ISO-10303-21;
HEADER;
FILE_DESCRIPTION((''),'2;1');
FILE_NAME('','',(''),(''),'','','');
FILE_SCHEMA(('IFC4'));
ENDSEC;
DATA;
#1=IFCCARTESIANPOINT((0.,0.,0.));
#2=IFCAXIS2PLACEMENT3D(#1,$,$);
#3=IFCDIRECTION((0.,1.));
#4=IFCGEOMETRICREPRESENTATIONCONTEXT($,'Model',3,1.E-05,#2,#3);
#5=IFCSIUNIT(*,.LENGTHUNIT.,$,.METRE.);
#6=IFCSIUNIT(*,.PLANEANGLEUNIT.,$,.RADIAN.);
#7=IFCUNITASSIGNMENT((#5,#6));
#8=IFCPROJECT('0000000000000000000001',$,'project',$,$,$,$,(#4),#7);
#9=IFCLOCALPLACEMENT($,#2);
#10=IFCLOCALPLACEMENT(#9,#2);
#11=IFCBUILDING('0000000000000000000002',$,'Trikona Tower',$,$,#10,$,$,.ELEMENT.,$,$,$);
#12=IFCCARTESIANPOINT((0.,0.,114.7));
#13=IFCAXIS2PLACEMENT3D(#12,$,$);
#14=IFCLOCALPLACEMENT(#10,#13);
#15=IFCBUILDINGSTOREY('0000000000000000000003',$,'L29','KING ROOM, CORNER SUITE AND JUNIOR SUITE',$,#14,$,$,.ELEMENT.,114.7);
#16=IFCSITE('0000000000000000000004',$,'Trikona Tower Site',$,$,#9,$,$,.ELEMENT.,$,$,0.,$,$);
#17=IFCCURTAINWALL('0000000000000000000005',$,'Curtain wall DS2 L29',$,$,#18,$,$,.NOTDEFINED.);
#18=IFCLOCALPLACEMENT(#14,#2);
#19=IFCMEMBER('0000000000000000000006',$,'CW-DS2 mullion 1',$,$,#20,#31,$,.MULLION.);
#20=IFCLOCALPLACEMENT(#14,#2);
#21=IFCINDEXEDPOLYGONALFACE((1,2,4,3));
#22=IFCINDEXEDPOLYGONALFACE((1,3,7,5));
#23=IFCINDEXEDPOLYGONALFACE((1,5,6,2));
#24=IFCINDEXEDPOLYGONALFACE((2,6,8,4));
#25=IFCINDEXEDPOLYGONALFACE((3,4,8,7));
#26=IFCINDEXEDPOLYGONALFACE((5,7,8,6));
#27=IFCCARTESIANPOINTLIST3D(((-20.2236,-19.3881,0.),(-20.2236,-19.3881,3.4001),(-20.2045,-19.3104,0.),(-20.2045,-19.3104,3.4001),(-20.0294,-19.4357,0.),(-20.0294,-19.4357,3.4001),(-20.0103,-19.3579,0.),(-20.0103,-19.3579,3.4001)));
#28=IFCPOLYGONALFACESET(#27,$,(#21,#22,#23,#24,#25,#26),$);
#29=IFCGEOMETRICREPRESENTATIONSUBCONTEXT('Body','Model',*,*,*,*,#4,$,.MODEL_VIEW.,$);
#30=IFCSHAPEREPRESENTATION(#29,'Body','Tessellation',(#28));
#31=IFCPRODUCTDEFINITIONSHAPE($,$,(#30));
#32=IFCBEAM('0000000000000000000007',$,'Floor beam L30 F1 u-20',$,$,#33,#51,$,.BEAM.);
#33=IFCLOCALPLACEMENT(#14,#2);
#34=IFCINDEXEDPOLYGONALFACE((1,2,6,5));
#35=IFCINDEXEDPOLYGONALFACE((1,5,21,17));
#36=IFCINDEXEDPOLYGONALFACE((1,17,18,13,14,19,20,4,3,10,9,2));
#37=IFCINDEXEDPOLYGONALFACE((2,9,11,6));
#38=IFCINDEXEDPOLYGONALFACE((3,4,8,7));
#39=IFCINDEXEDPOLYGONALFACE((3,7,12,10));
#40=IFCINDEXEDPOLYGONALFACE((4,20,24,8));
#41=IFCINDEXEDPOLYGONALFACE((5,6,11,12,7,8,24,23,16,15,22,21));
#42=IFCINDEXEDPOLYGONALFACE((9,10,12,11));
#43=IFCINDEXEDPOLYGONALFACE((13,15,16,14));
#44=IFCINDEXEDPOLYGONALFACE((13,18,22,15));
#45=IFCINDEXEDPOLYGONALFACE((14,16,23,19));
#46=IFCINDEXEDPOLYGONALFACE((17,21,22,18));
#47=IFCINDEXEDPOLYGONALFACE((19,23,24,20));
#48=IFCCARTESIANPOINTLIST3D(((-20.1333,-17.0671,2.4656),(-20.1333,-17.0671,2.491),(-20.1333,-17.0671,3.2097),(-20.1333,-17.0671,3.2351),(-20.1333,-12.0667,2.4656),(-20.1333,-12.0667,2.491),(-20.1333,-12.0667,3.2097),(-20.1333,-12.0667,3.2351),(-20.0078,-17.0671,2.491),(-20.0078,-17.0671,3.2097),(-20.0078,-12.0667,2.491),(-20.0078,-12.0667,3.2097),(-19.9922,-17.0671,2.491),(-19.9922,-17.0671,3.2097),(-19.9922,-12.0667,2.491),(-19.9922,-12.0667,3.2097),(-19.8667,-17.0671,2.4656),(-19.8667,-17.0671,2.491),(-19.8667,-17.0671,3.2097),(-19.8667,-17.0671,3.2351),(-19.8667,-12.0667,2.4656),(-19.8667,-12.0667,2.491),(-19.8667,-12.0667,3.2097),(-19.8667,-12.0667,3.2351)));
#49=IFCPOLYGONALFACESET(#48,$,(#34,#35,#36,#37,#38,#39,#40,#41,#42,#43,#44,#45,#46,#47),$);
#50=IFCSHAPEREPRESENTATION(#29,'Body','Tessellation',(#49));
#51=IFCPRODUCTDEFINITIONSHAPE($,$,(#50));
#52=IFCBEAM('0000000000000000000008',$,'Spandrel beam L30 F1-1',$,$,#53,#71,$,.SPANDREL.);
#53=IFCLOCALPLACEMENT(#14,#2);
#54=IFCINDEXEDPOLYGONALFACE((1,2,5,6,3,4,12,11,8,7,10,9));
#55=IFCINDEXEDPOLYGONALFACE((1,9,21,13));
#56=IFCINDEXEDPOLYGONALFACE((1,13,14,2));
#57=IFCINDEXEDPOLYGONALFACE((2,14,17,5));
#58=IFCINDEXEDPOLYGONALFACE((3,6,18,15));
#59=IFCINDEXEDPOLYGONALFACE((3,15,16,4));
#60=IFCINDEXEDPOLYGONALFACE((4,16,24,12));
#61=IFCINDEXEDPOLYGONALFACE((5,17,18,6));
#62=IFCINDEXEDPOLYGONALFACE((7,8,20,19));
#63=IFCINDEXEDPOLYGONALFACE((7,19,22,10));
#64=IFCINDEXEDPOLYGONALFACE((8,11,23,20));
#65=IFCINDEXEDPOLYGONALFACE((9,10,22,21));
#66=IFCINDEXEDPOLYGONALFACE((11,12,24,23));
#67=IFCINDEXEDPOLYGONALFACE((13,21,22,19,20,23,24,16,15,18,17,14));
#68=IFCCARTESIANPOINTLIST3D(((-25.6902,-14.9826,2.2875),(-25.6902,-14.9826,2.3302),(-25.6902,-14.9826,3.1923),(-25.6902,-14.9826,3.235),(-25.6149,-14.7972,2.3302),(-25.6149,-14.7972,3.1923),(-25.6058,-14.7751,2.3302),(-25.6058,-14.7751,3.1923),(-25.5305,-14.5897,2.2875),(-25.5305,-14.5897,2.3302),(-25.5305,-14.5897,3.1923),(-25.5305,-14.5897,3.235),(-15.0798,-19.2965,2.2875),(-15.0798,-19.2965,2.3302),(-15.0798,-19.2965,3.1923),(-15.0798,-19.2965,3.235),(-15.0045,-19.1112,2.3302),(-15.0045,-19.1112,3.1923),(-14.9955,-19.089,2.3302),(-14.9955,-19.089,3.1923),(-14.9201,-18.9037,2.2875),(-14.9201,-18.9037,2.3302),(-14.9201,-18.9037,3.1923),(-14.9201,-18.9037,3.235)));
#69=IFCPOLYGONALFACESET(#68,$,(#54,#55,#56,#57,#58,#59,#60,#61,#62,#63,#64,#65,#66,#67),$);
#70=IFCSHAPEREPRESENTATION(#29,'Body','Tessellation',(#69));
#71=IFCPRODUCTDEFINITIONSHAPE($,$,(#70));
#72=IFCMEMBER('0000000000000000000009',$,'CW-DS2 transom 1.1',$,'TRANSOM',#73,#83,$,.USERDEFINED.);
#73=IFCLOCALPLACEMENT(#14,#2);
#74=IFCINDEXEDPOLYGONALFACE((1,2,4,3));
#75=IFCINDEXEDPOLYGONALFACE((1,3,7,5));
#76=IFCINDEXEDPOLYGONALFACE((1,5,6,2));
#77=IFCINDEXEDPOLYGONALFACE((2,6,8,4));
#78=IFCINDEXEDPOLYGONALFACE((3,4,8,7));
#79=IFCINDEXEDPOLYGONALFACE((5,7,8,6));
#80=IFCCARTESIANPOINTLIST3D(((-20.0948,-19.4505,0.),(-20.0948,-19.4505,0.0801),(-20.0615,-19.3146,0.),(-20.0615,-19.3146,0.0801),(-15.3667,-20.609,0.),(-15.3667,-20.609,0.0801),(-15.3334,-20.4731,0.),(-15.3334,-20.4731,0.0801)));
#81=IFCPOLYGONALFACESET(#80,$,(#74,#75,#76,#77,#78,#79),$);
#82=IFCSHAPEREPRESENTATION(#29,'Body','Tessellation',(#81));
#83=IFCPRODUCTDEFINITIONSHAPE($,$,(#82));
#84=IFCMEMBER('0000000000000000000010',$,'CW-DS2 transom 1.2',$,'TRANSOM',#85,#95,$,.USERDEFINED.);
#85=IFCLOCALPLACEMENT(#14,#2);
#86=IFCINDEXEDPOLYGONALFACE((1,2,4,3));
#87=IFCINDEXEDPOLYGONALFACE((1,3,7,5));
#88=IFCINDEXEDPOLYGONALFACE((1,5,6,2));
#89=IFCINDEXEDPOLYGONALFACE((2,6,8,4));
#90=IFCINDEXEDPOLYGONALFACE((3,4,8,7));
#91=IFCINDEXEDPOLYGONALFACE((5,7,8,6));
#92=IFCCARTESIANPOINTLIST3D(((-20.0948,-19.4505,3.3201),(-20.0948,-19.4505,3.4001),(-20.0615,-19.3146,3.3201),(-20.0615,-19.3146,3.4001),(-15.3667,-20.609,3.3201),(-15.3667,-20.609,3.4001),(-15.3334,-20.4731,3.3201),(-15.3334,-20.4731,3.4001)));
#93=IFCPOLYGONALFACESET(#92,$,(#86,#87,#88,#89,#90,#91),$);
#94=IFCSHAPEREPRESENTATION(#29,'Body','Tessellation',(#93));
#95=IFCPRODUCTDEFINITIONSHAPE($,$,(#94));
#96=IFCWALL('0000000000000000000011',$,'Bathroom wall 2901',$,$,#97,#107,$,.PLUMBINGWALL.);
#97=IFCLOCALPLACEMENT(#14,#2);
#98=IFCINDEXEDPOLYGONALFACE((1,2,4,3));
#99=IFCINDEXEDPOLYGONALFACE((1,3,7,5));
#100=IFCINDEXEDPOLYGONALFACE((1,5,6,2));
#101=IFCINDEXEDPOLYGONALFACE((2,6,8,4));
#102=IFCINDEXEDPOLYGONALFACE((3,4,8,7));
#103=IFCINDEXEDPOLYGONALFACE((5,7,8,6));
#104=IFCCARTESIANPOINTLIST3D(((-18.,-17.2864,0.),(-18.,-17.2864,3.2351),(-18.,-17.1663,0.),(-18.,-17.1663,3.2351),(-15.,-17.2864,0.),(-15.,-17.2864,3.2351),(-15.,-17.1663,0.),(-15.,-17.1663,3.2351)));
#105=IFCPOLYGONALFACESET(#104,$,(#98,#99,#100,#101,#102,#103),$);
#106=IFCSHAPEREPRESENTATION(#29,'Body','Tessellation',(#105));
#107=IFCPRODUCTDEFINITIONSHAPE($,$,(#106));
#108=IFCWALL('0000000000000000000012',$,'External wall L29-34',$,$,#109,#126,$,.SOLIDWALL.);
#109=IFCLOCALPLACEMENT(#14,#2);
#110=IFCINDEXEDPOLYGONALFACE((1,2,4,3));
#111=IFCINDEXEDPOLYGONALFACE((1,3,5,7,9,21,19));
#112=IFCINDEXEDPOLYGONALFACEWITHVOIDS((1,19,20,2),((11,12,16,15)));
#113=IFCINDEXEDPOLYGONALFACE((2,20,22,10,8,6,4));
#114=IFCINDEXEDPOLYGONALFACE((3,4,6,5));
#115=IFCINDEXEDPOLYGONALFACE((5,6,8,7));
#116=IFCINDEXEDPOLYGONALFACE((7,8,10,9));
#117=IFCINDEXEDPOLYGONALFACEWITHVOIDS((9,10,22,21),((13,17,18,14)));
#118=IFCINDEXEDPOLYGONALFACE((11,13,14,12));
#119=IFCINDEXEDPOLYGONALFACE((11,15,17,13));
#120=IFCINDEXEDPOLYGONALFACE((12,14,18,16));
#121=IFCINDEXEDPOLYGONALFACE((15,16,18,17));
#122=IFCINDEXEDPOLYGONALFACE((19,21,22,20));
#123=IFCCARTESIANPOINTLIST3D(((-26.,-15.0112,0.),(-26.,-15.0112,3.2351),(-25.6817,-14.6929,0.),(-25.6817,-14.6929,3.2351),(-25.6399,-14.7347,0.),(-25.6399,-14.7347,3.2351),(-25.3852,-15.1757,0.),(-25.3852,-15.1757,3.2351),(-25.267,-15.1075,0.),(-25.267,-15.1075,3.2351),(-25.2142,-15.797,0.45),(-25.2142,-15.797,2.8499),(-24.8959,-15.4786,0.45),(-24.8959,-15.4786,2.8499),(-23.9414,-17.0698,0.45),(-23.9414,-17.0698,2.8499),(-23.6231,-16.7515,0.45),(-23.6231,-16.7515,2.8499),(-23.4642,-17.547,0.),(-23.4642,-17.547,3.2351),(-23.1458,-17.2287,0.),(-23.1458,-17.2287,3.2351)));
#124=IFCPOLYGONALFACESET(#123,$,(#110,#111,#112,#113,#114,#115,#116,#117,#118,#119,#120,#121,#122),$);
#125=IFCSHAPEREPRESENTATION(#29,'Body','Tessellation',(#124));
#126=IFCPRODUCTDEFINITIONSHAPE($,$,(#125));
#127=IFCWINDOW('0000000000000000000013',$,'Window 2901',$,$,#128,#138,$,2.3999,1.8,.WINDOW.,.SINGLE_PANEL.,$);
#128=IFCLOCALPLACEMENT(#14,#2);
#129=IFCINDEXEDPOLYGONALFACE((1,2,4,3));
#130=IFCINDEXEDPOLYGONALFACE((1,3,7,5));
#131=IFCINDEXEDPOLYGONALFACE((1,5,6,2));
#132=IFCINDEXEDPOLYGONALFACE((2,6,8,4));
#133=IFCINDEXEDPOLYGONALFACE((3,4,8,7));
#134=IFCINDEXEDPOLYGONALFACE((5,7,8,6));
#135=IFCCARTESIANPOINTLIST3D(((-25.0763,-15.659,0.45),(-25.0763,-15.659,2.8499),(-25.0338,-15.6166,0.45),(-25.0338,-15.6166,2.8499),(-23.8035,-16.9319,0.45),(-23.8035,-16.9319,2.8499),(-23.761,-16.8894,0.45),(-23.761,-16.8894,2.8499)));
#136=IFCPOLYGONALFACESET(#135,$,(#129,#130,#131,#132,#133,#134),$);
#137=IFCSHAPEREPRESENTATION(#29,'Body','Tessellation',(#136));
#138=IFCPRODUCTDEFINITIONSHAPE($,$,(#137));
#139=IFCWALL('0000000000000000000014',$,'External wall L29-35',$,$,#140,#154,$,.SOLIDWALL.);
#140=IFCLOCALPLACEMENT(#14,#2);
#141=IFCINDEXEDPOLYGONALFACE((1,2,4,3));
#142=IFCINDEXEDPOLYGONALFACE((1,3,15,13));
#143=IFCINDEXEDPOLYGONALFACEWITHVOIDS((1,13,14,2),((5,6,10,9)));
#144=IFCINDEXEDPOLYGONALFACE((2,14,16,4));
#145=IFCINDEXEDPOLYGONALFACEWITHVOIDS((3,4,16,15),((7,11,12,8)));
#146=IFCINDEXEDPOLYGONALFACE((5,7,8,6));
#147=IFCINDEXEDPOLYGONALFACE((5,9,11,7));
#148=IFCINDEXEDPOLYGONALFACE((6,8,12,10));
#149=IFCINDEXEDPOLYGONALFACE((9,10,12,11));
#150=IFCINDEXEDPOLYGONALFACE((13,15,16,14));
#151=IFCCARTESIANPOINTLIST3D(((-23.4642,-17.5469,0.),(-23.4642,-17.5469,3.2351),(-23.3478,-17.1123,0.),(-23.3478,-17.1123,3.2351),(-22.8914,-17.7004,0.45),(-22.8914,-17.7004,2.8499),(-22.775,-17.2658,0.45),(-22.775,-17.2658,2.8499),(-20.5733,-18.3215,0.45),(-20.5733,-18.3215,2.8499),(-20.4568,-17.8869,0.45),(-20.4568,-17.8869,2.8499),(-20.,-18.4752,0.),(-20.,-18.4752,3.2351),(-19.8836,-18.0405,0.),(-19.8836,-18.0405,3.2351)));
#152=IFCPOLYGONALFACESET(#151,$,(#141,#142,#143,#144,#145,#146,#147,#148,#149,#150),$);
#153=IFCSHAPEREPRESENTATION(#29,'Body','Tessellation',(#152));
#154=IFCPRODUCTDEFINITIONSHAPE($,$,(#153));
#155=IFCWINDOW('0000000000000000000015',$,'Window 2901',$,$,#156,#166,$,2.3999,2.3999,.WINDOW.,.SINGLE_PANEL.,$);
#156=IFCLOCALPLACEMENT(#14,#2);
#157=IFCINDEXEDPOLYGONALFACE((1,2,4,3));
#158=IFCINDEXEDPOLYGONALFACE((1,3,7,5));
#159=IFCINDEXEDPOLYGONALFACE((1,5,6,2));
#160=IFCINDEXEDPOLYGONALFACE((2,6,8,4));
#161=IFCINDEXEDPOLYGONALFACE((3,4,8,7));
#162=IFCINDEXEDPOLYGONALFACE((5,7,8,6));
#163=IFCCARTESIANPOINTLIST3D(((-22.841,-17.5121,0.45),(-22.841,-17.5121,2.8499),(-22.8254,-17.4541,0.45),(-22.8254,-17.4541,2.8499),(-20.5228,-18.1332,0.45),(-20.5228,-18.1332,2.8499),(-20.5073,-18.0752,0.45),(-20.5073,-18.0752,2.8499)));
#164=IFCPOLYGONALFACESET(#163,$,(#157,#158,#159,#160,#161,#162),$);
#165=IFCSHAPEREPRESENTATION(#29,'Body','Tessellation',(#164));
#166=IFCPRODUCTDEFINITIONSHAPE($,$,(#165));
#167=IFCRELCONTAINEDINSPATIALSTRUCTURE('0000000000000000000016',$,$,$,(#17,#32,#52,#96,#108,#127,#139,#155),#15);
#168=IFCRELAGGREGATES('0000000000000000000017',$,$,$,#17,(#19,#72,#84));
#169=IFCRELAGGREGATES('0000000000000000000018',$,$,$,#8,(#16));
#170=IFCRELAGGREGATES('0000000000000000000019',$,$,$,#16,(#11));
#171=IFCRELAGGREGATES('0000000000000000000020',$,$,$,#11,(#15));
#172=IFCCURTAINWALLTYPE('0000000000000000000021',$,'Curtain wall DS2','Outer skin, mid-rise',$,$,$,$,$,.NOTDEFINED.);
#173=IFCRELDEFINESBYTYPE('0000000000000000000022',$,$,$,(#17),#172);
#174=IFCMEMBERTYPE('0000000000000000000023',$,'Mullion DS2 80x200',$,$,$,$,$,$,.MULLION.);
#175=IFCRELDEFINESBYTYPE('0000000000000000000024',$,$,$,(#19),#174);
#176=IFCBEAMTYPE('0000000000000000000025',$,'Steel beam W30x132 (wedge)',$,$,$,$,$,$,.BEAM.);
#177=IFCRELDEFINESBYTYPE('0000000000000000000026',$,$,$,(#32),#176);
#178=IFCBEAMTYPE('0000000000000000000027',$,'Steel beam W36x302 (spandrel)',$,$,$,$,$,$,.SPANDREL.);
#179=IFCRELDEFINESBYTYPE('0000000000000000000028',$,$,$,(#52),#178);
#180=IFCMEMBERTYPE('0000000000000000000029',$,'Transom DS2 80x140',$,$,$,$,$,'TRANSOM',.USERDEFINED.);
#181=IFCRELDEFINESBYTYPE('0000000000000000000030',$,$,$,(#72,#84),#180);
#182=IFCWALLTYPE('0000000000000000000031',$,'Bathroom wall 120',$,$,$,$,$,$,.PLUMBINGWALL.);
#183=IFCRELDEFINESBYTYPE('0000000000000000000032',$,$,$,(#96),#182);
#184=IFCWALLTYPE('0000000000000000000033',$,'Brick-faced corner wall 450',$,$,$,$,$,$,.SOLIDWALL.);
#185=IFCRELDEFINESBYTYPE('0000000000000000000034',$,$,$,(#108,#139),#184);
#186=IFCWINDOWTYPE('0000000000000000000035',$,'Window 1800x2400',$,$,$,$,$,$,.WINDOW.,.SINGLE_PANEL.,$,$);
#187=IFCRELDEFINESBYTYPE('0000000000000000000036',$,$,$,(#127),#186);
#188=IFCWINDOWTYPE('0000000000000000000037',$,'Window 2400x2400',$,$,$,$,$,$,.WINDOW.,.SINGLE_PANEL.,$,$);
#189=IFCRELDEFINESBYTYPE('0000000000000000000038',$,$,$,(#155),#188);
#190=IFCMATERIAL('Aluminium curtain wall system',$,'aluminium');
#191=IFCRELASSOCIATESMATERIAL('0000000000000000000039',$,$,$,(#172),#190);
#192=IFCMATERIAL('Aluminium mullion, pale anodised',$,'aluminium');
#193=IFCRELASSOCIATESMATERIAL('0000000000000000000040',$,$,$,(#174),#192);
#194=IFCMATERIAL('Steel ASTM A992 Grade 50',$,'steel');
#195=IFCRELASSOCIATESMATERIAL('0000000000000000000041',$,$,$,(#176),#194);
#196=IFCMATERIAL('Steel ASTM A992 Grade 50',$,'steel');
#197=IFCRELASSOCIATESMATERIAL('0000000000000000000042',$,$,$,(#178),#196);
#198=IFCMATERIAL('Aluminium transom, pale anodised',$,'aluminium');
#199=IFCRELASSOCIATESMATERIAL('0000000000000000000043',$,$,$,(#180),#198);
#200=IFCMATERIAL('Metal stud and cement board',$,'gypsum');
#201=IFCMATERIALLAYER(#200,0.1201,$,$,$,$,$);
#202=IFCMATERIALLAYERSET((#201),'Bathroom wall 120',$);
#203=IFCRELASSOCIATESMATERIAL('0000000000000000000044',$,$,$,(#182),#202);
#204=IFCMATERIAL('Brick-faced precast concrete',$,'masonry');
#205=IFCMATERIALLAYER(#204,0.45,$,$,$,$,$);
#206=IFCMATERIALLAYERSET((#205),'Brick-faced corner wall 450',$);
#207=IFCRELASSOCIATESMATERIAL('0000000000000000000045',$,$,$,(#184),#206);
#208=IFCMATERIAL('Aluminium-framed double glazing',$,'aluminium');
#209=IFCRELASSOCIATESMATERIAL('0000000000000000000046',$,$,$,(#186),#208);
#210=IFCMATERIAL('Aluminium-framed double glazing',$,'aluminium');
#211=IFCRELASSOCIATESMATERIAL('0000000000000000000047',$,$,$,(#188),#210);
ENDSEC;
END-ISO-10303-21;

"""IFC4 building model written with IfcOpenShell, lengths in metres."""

from ifc_helpers import new_model, si_unit, direction, frame, frame_2d, origin, origin_2d, place, context, subcontext, project, spatial, polyline, rectangle, i_section, outline, extrude, material, layer, layer_set, material_profile, profile_set, type_object, element, fill, aggregate, save


model = new_model("IFC4")

# Units and contexts
model_context = context("Model", 3, precision=1e-05, world=origin(), true_north=direction((0.0, 1.0)))
body_context = subcontext(model_context, "Body", "Model", "MODEL_VIEW")
ifc_project = project(units=[si_unit("LENGTHUNIT", "METRE"), si_unit("PLANEANGLEUNIT", "RADIAN")], contexts=[model_context])

# Site, building, storey
site_placement = place(None, origin())
site = spatial("IfcSite", under=ifc_project, at=site_placement, Name="Trikona Tower Site", CompositionType="ELEMENT", RefElevation=0.0)
building_placement = place(site_placement, origin())
building = spatial("IfcBuilding", under=site, at=building_placement, Name="Trikona Tower", CompositionType="ELEMENT")
storey_placement = place(building_placement, frame((0.0, 0.0, 114.7)))
storey = spatial("IfcBuildingStorey", under=building, at=storey_placement, Name="L29", Description="KING ROOM, CORNER SUITE AND JUNIOR SUITE", CompositionType="ELEMENT", Elevation=114.7)

# Curtain wall, member
ifc_material_1 = material(Name="Aluminium curtain wall system", Category="aluminium")
curtain_wall_type = type_object("IfcCurtainWallType", Name="Curtain wall DS2", Description="Outer skin, mid-rise", PredefinedType="NOTDEFINED", material=ifc_material_1)
curtain_wall_placement = place(storey_placement, origin())
curtain_wall = element("IfcCurtainWall", 1, at=curtain_wall_placement, inside=storey, type_object=curtain_wall_type, Name="Curtain wall DS2 L29", PredefinedType="NOTDEFINED")
ifc_material_2 = material(Name="Aluminium mullion, pale anodised", Category="aluminium")
ifc_material_profile_1 = material_profile(ifc_material_2, rectangle(XDim=0.0801, YDim=0.2, at=origin_2d()), Name="MUL-DS2")
ifc_profile_set_1 = profile_set([ifc_material_profile_1], Name="Aluminium mullion, pale anodised")
member_type_1 = type_object("IfcMemberType", Name="Mullion DS2 80x200", PredefinedType="MULLION", material=ifc_profile_set_1)
member_1_placement = place(storey_placement, frame((-20.1169, -19.373, 0.0), z_axis=(0.0, 0.0, 1.0), x_axis=(0.23797, 0.971272, 0.0)))
member_1 = element("IfcMember", 2, at=member_1_placement, type_object=member_type_1, Name="CW-DS2 mullion 1", PredefinedType="MULLION", context=body_context, shape_type="SweptSolid", body=[
    extrude(rectangle(XDim=0.0801, YDim=0.2, at=origin_2d()), origin(), (0.0, 0.0, 1.0), 3.4001),
])

# Beams
ifc_material_3 = material(Name="Steel ASTM A992 Grade 50", Category="steel")
ifc_material_profile_2 = material_profile(ifc_material_3, i_section(OverallWidth=0.2666, OverallDepth=0.7695, WebThickness=0.0156, FlangeThickness=0.0254, at=origin_2d()), Name="W30X132")
ifc_profile_set_2 = profile_set([ifc_material_profile_2], Name="Steel ASTM A992 Grade 50")
beam_type_1 = type_object("IfcBeamType", Name="Steel beam W30x132 (wedge)", PredefinedType="BEAM", material=ifc_profile_set_2)
beam_1_placement = place(storey_placement, frame((-20.0, -12.0667, 2.8503), z_axis=(0.0, -1.0, 0.0), x_axis=(1.0, 0.0, 0.0)))
element("IfcBeam", 3, at=beam_1_placement, inside=storey, type_object=beam_type_1, Name="Floor beam L30 F1 u-20", PredefinedType="BEAM", context=body_context, shape_type="SweptSolid", body=[
    extrude(i_section(OverallWidth=0.2666, OverallDepth=0.7695, WebThickness=0.0156, FlangeThickness=0.0254, at=origin_2d()), origin(), (0.0, 0.0, 1.0), 5.0005),
])
ifc_material_4 = material(Name="Steel ASTM A992 Grade 50", Category="steel")
ifc_material_profile_3 = material_profile(ifc_material_4, i_section(OverallWidth=0.4241, OverallDepth=0.9475, WebThickness=0.0239, FlangeThickness=0.0427, at=origin_2d()), Name="W36X302")
ifc_profile_set_3 = profile_set([ifc_material_profile_3], Name="Steel ASTM A992 Grade 50")
beam_type_2 = type_object("IfcBeamType", Name="Steel beam W36x302 (spandrel)", PredefinedType="SPANDREL", material=ifc_profile_set_3)
beam_2_placement = place(storey_placement, frame((-25.6104, -14.7861, 2.7612), z_axis=(0.92636, -0.37664, 0.0), x_axis=(0.37664, 0.92636, 0.0)))
element("IfcBeam", 4, at=beam_2_placement, inside=storey, type_object=beam_type_2, Name="Spandrel beam L30 F1-1", PredefinedType="SPANDREL", context=body_context, shape_type="SweptSolid", body=[
    extrude(i_section(OverallWidth=0.4241, OverallDepth=0.9475, WebThickness=0.0239, FlangeThickness=0.0427, at=origin_2d()), origin(), (0.0, 0.0, 1.0), 11.4539),
])

# Members
ifc_material_5 = material(Name="Aluminium transom, pale anodised", Category="aluminium")
ifc_material_profile_4 = material_profile(ifc_material_5, rectangle(XDim=0.1399, YDim=0.0801, at=origin_2d()), Name="TRN-DS2")
ifc_profile_set_4 = profile_set([ifc_material_profile_4], Name="Aluminium transom, pale anodised")
member_type_2 = type_object("IfcMemberType", Name="Transom DS2 80x140", ElementType="TRANSOM", PredefinedType="USERDEFINED", material=ifc_profile_set_4)
member_2_placement = place(storey_placement, frame((-20.0781, -19.3826, 0.04), z_axis=(0.971271, -0.237978, 0.0), x_axis=(0.237978, 0.971271, 0.0)))
member_2 = element("IfcMember", 5, at=member_2_placement, type_object=member_type_2, Name="CW-DS2 transom 1.1", ObjectType="TRANSOM", PredefinedType="USERDEFINED", context=body_context, shape_type="SweptSolid", body=[
    extrude(rectangle(XDim=0.1399, YDim=0.0801, at=origin_2d()), origin(), (0.0, 0.0, 1.0), 4.8679),
])
member_3_placement = place(storey_placement, frame((-20.0781, -19.3826, 3.3601), z_axis=(0.971271, -0.237978, 0.0), x_axis=(0.237978, 0.971271, 0.0)))
member_3 = element("IfcMember", 6, at=member_3_placement, type_object=member_type_2, Name="CW-DS2 transom 1.2", ObjectType="TRANSOM", PredefinedType="USERDEFINED", context=body_context, shape_type="SweptSolid", body=[
    extrude(rectangle(XDim=0.1399, YDim=0.0801, at=origin_2d()), origin(), (0.0, 0.0, 1.0), 4.8679),
])
aggregate(curtain_wall, [member_1, member_2, member_3])

# Wall
ifc_material_6 = material(Name="Metal stud and cement board", Category="gypsum")
ifc_layer_1 = layer(ifc_material_6, 0.1201)
ifc_layer_set_1 = layer_set([ifc_layer_1], Name="Bathroom wall 120")
wall_type_1 = type_object("IfcWallType", Name="Bathroom wall 120", PredefinedType="PLUMBINGWALL", material=ifc_layer_set_1)
wall_1_placement = place(storey_placement, frame((-18.0, -17.2263, 0.0), z_axis=(0.0, 0.0, 1.0), x_axis=(1.0, 0.0, 0.0)))
element("IfcWall", 7, at=wall_1_placement, inside=storey, type_object=wall_type_1, Name="Bathroom wall 2901", PredefinedType="PLUMBINGWALL", context=body_context, shape_type="SweptSolid", body=[
    extrude(rectangle(XDim=3.0, YDim=0.1201, at=frame_2d((1.5, 0.0))), origin(), (0.0, 0.0, 1.0), 3.2351),
])

# Walls, openings, windows
ifc_material_7 = material(Name="Brick-faced precast concrete", Category="masonry")
ifc_layer_2 = layer(ifc_material_7, 0.45)
ifc_layer_set_2 = layer_set([ifc_layer_2], Name="Brick-faced corner wall 450")
wall_type_2 = type_object("IfcWallType", Name="Brick-faced corner wall 450", PredefinedType="SOLIDWALL", material=ifc_layer_set_2)
wall_2_placement = place(storey_placement, frame((-25.8408, -14.8521, 0.0), z_axis=(0.0, 0.0, 1.0), x_axis=(0.707107, -0.707107, 0.0)))
wall_2 = element("IfcWall", 8, at=wall_2_placement, inside=storey, type_object=wall_type_2, Name="External wall L29-34", PredefinedType="SOLIDWALL", context=body_context, shape_type="SweptSolid", body=[
    extrude(outline(polyline([(3.5862, 0.2251), (0.5864, 0.2251), (0.551, 0.0933), (0.0591, 0.2251), (0.0, 0.2251), (0.0, -0.2251), (3.5862, -0.2251), (3.5862, 0.2251)])), origin(), (0.0, 0.0, 1.0), 3.2351),
])
opening_1_placement = place(wall_2_placement, frame((1.1113, 0.0, 0.45)))
opening_1 = element("IfcOpeningElement", 9, at=opening_1_placement, cuts=wall_2, PredefinedType="OPENING", context=body_context, shape_type="SweptSolid", body=[
    extrude(rectangle(XDim=1.8, YDim=2.3999, at=frame_2d((0.8999, 1.2))), frame((0.0, 0.2349, 0.0), z_axis=(0.0, -1.0, 0.0), x_axis=(1.0, 0.0, 0.0)), (0.0, 0.0, 1.0), 0.47),
])
ifc_material_8 = material(Name="Aluminium-framed double glazing", Category="aluminium")
window_type_1 = type_object("IfcWindowType", Name="Window 1800x2400", PartitioningType="SINGLE_PANEL", PredefinedType="WINDOW", material=ifc_material_8)
window_1_placement = place(opening_1_placement, origin())
window_1 = element("IfcWindow", 10, at=window_1_placement, inside=storey, type_object=window_type_1, Name="Window 2901", OverallHeight=2.3999, OverallWidth=1.8, PartitioningType="SINGLE_PANEL", PredefinedType="WINDOW", context=body_context, shape_type="SweptSolid", body=[
    extrude(rectangle(XDim=1.8, YDim=2.3999, at=frame_2d((0.8999, 1.2))), frame((0.0, 0.03, 0.0), z_axis=(0.0, -1.0, 0.0), x_axis=(1.0, 0.0, 0.0)), (0.0, 0.0, 1.0), 0.0601),
])
fill(opening_1, window_1)
wall_3_placement = place(storey_placement, frame((-23.406, -17.3296, 0.0), z_axis=(0.0, 0.0, 1.0), x_axis=(0.965925, -0.258823, 0.0)))
wall_3 = element("IfcWall", 11, at=wall_3_placement, inside=storey, type_object=wall_type_2, Name="External wall L29-35", PredefinedType="SOLIDWALL", context=body_context, shape_type="SweptSolid", body=[
    extrude(rectangle(XDim=3.5864, YDim=0.45, at=frame_2d((1.7932, 0.0))), origin(), (0.0, 0.0, 1.0), 3.2351),
])
opening_2_placement = place(wall_3_placement, frame((0.593, 0.0, 0.45)))
opening_2 = element("IfcOpeningElement", 12, at=opening_2_placement, cuts=wall_3, PredefinedType="OPENING", context=body_context, shape_type="SweptSolid", body=[
    extrude(rectangle(XDim=2.3999, YDim=2.3999, at=frame_2d((1.2, 1.2))), frame((0.0, 0.2349, 0.0), z_axis=(0.0, -1.0, 0.0), x_axis=(1.0, 0.0, 0.0)), (0.0, 0.0, 1.0), 0.47),
])
ifc_material_9 = material(Name="Aluminium-framed double glazing", Category="aluminium")
window_type_2 = type_object("IfcWindowType", Name="Window 2400x2400", PartitioningType="SINGLE_PANEL", PredefinedType="WINDOW", material=ifc_material_9)
window_2_placement = place(opening_2_placement, origin())
window_2 = element("IfcWindow", 13, at=window_2_placement, inside=storey, type_object=window_type_2, Name="Window 2901", OverallHeight=2.3999, OverallWidth=2.3999, PartitioningType="SINGLE_PANEL", PredefinedType="WINDOW", context=body_context, shape_type="SweptSolid", body=[
    extrude(rectangle(XDim=2.3999, YDim=2.3999, at=frame_2d((1.2, 1.2))), frame((0.0, 0.03, 0.0), z_axis=(0.0, -1.0, 0.0), x_axis=(1.0, 0.0, 0.0)), (0.0, 0.0, 1.0), 0.0601),
])
fill(opening_2, window_2)

save(model, "model.ifc")
